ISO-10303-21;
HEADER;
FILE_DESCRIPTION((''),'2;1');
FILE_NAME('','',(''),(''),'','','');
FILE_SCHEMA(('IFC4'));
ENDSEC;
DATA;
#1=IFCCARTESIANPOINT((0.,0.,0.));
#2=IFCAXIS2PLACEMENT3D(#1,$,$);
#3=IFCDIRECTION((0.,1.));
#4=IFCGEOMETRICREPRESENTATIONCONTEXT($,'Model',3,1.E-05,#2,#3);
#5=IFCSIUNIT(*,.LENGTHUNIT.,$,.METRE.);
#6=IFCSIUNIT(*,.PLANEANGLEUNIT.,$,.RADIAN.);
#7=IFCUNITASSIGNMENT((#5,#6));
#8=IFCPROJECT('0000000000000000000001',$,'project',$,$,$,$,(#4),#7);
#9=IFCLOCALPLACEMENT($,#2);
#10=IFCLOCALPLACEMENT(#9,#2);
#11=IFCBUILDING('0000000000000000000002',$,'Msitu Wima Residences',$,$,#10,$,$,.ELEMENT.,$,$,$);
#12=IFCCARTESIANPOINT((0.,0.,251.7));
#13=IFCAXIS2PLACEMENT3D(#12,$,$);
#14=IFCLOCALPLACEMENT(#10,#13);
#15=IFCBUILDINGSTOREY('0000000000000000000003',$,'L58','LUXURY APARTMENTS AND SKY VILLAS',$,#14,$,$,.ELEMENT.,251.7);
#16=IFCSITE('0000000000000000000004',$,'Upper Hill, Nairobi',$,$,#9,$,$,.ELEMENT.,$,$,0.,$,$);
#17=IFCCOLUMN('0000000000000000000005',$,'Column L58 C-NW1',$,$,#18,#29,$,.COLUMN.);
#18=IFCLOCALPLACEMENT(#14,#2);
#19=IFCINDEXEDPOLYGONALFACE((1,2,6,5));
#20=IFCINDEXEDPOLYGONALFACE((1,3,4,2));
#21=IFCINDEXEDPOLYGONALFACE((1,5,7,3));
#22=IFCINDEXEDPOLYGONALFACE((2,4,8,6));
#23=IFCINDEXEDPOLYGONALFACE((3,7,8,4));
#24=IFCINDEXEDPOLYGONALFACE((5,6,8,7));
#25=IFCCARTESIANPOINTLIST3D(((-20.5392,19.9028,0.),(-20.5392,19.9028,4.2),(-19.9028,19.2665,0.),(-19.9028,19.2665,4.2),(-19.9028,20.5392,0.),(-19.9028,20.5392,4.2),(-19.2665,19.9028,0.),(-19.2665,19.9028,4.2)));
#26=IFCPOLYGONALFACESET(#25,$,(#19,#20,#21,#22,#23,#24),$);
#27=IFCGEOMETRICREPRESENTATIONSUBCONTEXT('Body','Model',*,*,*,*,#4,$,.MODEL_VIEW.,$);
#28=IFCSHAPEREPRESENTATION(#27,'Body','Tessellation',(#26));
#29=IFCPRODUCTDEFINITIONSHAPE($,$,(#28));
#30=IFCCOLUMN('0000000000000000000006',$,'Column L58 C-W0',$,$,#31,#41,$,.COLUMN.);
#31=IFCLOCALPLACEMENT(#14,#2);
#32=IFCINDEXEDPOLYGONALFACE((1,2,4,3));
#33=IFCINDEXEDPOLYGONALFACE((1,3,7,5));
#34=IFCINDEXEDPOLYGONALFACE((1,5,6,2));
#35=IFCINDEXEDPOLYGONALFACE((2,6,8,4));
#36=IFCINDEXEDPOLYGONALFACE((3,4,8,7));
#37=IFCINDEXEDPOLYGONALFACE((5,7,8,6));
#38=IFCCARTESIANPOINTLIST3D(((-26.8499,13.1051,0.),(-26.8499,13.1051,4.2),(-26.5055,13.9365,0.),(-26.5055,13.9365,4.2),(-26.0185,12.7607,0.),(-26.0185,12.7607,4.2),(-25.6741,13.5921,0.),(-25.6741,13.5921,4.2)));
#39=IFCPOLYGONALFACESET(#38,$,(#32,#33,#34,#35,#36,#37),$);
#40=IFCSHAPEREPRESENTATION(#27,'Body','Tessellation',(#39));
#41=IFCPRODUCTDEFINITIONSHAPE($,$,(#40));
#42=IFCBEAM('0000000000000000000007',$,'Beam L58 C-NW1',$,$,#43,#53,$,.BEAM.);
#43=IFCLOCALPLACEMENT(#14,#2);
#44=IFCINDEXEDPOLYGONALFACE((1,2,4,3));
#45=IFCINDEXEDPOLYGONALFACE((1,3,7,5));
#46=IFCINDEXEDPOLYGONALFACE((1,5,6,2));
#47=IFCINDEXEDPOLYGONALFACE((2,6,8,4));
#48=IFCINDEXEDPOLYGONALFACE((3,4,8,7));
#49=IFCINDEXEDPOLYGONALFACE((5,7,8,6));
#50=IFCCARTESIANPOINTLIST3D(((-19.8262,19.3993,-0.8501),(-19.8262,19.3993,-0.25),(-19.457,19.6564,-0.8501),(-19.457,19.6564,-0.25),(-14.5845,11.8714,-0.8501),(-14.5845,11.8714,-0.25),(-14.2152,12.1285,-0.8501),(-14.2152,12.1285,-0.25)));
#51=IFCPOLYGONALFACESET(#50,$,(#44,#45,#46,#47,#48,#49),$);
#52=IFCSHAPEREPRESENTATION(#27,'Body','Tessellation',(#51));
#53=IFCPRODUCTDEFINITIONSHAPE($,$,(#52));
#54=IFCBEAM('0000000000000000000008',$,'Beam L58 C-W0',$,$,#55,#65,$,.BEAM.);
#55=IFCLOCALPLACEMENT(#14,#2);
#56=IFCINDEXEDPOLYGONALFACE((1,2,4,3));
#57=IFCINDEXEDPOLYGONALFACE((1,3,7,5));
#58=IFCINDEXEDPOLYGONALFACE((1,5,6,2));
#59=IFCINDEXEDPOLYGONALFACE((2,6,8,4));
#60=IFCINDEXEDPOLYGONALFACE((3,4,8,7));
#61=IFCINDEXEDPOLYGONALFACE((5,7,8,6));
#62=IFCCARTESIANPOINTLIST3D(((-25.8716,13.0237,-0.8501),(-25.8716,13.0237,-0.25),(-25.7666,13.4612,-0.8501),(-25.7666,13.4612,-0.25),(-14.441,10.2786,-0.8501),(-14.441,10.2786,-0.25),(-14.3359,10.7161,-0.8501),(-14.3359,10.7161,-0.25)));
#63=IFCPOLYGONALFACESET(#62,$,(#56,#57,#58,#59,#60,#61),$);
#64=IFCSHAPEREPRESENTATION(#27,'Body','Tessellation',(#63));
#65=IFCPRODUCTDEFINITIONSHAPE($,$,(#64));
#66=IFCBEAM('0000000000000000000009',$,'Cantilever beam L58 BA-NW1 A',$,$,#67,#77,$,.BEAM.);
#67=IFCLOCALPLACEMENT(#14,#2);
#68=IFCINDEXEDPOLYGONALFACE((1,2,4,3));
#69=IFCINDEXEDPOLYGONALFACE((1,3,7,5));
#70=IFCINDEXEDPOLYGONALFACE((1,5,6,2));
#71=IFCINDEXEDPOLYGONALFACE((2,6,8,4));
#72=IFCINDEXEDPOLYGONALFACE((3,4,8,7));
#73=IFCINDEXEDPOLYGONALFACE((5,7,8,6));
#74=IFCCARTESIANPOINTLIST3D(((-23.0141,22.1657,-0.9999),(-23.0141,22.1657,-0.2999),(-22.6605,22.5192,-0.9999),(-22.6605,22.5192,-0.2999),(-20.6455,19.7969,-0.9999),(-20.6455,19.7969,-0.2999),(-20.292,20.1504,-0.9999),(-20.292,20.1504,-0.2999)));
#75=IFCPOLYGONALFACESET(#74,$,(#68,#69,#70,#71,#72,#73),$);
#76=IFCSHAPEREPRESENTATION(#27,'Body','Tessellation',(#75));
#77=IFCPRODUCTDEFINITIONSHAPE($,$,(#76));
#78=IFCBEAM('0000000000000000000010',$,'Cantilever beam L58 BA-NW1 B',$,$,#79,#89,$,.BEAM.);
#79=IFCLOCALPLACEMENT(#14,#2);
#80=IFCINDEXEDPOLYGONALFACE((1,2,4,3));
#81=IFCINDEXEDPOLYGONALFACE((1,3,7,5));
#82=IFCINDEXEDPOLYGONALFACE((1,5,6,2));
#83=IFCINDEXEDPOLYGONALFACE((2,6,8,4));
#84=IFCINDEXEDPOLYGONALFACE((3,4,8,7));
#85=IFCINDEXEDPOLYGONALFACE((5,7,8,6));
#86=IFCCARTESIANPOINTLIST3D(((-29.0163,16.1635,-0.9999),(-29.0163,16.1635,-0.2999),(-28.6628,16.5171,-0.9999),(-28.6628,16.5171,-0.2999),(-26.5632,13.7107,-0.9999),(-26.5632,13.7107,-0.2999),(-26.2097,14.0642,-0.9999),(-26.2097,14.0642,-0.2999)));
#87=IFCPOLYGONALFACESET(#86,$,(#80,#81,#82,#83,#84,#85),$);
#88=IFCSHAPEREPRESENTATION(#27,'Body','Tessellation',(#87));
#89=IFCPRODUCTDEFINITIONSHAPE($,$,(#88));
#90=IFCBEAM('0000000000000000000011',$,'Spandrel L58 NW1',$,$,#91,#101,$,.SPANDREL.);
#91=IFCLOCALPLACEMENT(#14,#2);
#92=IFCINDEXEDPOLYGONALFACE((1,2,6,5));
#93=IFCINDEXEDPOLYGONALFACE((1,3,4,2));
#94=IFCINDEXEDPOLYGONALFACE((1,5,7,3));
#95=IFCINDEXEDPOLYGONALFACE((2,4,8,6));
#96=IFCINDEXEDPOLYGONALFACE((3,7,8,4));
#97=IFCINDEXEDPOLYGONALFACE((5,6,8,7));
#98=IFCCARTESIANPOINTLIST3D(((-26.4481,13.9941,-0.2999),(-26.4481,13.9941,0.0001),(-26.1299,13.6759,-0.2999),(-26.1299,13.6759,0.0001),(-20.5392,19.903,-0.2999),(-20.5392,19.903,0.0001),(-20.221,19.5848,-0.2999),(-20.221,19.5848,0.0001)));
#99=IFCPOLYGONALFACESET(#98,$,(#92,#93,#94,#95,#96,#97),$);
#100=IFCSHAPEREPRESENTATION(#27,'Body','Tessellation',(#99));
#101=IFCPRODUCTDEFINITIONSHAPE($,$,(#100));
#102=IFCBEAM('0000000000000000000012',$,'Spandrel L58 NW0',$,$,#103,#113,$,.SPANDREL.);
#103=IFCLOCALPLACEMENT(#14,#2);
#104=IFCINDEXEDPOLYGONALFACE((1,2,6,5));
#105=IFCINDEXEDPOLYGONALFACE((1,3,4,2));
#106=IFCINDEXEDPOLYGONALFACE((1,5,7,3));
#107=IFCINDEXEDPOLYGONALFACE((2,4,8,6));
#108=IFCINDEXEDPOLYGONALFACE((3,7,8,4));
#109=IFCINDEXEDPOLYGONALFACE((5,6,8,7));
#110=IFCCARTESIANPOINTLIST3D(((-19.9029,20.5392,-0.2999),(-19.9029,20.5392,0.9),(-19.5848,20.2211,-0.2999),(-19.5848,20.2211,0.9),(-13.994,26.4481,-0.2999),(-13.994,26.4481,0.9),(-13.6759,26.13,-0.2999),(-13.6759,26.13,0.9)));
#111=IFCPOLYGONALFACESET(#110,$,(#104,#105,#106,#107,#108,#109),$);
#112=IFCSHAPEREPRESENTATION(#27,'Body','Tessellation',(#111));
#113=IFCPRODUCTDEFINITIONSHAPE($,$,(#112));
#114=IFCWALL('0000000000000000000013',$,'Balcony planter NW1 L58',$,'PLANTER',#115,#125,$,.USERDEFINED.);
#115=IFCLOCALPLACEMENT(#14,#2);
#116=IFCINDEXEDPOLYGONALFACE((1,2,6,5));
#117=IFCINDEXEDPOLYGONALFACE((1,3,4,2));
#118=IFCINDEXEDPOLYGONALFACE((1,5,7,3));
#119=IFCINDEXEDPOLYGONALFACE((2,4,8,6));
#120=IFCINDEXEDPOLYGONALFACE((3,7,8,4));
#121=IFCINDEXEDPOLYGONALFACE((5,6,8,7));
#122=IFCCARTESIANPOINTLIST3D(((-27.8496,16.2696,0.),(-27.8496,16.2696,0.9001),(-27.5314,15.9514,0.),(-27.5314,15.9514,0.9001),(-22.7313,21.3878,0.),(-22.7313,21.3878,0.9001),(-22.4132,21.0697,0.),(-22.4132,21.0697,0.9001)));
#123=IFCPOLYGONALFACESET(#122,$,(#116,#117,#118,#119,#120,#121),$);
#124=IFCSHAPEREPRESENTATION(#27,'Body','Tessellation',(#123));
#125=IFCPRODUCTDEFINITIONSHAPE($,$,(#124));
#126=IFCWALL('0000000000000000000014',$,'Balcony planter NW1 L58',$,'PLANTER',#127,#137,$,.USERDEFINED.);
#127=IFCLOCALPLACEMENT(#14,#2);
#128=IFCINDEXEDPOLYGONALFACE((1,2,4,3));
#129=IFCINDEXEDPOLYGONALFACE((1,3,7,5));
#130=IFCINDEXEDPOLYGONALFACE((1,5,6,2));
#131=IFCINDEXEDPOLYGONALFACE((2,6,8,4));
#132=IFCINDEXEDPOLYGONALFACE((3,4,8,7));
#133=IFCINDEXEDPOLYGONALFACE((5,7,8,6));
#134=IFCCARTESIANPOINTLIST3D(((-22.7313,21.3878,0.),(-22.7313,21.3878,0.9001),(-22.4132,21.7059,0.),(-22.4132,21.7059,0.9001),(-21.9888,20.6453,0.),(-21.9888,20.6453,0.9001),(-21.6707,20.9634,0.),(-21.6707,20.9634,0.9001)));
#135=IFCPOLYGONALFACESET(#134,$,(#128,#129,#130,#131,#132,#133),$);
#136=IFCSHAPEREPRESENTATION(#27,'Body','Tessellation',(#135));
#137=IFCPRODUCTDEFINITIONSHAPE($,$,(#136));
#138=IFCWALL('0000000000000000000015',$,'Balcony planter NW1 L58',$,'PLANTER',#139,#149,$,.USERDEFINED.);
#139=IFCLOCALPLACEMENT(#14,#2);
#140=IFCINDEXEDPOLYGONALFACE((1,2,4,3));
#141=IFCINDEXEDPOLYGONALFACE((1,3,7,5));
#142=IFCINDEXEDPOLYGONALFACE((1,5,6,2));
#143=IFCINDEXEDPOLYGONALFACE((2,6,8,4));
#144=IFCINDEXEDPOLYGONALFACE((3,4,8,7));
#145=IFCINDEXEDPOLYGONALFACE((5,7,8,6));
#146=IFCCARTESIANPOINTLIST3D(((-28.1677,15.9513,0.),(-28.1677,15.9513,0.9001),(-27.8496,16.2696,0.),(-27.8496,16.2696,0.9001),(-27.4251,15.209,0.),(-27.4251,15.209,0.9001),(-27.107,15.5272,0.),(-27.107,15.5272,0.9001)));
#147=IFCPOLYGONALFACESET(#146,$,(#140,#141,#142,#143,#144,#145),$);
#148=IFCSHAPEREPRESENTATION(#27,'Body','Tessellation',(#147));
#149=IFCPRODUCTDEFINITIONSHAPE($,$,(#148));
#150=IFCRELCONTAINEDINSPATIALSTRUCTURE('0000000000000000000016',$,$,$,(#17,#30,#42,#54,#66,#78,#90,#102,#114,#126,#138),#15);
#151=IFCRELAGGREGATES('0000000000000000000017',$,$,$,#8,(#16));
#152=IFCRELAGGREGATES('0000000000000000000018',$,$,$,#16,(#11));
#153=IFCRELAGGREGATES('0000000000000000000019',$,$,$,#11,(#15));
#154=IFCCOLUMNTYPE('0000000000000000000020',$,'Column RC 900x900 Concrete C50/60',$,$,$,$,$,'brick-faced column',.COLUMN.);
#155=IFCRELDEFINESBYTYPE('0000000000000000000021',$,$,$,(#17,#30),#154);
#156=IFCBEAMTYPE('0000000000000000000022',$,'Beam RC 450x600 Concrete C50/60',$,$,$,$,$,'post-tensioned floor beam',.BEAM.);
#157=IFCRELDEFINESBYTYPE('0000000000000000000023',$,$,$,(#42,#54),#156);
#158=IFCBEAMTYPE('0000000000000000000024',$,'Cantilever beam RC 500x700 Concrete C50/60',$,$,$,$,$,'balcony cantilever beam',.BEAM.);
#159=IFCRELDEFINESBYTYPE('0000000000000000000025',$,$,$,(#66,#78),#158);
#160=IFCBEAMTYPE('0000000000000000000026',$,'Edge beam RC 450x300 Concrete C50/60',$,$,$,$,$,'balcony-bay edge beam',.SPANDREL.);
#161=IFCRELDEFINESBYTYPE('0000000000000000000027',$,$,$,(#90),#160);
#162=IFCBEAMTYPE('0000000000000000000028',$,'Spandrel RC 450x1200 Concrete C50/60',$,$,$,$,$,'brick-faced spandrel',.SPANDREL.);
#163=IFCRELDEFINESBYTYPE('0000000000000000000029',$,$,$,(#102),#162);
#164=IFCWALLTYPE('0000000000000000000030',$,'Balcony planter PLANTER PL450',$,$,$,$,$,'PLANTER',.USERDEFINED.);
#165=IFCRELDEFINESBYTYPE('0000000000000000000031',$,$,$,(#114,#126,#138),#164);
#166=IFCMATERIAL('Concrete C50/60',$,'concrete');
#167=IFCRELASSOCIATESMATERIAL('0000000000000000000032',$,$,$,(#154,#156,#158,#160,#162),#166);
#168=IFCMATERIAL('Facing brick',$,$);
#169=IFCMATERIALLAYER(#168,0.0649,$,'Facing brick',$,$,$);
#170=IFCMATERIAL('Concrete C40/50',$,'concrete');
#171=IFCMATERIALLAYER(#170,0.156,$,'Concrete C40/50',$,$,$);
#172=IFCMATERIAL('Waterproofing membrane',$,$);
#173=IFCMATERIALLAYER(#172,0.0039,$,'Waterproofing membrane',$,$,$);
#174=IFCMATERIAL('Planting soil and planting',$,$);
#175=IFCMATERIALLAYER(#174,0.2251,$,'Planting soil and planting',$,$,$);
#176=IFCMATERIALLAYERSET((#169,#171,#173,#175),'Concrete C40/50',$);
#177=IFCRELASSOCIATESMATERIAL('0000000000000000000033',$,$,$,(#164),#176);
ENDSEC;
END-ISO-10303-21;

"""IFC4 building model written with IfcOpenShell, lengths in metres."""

from ifc_helpers import new_model, si_unit, direction, frame, frame_2d, origin, origin_2d, place, context, subcontext, project, spatial, rectangle, extrude, material, layer, layer_set, material_profile, profile_set, type_object, element, save


model = new_model("IFC4")

# Units and contexts
model_context = context("Model", 3, precision=1e-05, world=origin(), true_north=direction((0.0, 1.0)))
body_context = subcontext(model_context, "Body", "Model", "MODEL_VIEW")
ifc_project = project(units=[si_unit("LENGTHUNIT", "METRE"), si_unit("PLANEANGLEUNIT", "RADIAN")], contexts=[model_context])

# Site, building, storey
site_placement = place(None, origin())
site = spatial("IfcSite", under=ifc_project, at=site_placement, Name="Upper Hill, Nairobi", CompositionType="ELEMENT", RefElevation=0.0)
building_placement = place(site_placement, origin())
building = spatial("IfcBuilding", under=site, at=building_placement, Name="Msitu Wima Residences", CompositionType="ELEMENT")
storey_placement = place(building_placement, frame((0.0, 0.0, 251.7)))
storey = spatial("IfcBuildingStorey", under=building, at=storey_placement, Name="L58", Description="LUXURY APARTMENTS AND SKY VILLAS", CompositionType="ELEMENT", Elevation=251.7)

# Columns
ifc_material_1 = material(Name="Concrete C50/60", Category="concrete")
ifc_material_profile_1 = material_profile(ifc_material_1, rectangle(XDim=0.8999, YDim=0.8999, at=origin_2d()), Name="RC 900x900")
ifc_profile_set_1 = profile_set([ifc_material_profile_1], Name="Concrete C50/60")
column_type = type_object("IfcColumnType", Name="Column RC 900x900 Concrete C50/60", ElementType="brick-faced column", PredefinedType="COLUMN", material=ifc_profile_set_1)
for number, where, z_axis, x_axis, name in (
    (1, (-19.9028, 19.9028, 0.0), (0.0, 0.0, 1.0), (-0.707107, -0.707107, 0.0), "Column L58 C-NW1"),
    (2, (-26.262, 13.3486, 0.0), (0.0, 0.0, 1.0), (-0.382683, -0.92388, 0.0), "Column L58 C-W0"),
):
    element("IfcColumn", number, at=place(storey_placement, frame(where, z_axis=z_axis, x_axis=x_axis)), inside=storey, type_object=column_type, Name=name, PredefinedType="COLUMN", context=body_context, shape_type="SweptSolid", body=[
        extrude(rectangle(XDim=0.8999, YDim=0.8999, at=origin_2d()), origin(), (0.0, 0.0, 1.0), 4.2),
    ])

# Beams
ifc_material_profile_2 = material_profile(ifc_material_1, rectangle(XDim=0.45, YDim=0.6001, at=origin_2d()), Name="RC 450x600")
ifc_profile_set_2 = profile_set([ifc_material_profile_2], Name="Concrete C50/60")
beam_type_1 = type_object("IfcBeamType", Name="Beam RC 450x600 Concrete C50/60", ElementType="post-tensioned floor beam", PredefinedType="BEAM", material=ifc_profile_set_2)
beam_1_placement = place(storey_placement, frame((-19.6416, 19.5278, -0.55), z_axis=(0.571428, -0.820652, 0.0), x_axis=(0.820652, 0.571428, 0.0)))
element("IfcBeam", 3, at=beam_1_placement, inside=storey, type_object=beam_type_1, Name="Beam L58 C-NW1", PredefinedType="BEAM", context=body_context, shape_type="SweptSolid", body=[
    extrude(rectangle(XDim=0.45, YDim=0.6001, at=origin_2d()), origin(), (0.0, 0.0, 1.0), 9.1731),
])
beam_2_placement = place(storey_placement, frame((-25.8191, 13.2424, -0.55), z_axis=(0.972353, -0.233514, 0.0), x_axis=(0.233514, 0.972353, 0.0)))
element("IfcBeam", 4, at=beam_2_placement, inside=storey, type_object=beam_type_1, Name="Beam L58 C-W0", PredefinedType="BEAM", context=body_context, shape_type="SweptSolid", body=[
    extrude(rectangle(XDim=0.45, YDim=0.6001, at=origin_2d()), origin(), (0.0, 0.0, 1.0), 11.7556),
])
ifc_material_profile_3 = material_profile(ifc_material_1, rectangle(XDim=0.5, YDim=0.7, at=origin_2d()), Name="RC 500x700")
ifc_profile_set_3 = profile_set([ifc_material_profile_3], Name="Concrete C50/60")
beam_type_2 = type_object("IfcBeamType", Name="Cantilever beam RC 500x700 Concrete C50/60", ElementType="balcony cantilever beam", PredefinedType="BEAM", material=ifc_profile_set_3)
beam_3_placement = place(storey_placement, frame((-20.4688, 19.9736, -0.6499), z_axis=(-0.70707, 0.707143, 0.0), x_axis=(-0.707143, -0.70707, 0.0)))
element("IfcBeam", 5, at=beam_3_placement, inside=storey, type_object=beam_type_2, Name="Cantilever beam L58 BA-NW1 A", PredefinedType="BEAM", context=body_context, shape_type="SweptSolid", body=[
    extrude(rectangle(XDim=0.5, YDim=0.7, at=origin_2d()), origin(), (0.0, 0.0, 1.0), 3.3499),
])
beam_4_placement = place(storey_placement, frame((-26.3865, 13.8875, -0.6499), z_axis=(-0.707142, 0.707072, 0.0), x_axis=(-0.707072, -0.707142, 0.0)))
element("IfcBeam", 6, at=beam_4_placement, inside=storey, type_object=beam_type_2, Name="Cantilever beam L58 BA-NW1 B", PredefinedType="BEAM", context=body_context, shape_type="SweptSolid", body=[
    extrude(rectangle(XDim=0.5, YDim=0.7, at=origin_2d()), origin(), (0.0, 0.0, 1.0), 3.469),
])
ifc_material_profile_4 = material_profile(ifc_material_1, rectangle(XDim=0.45, YDim=0.3, at=origin_2d()), Name="RC 450x300")
ifc_profile_set_4 = profile_set([ifc_material_profile_4], Name="Concrete C50/60")
beam_type_3 = type_object("IfcBeamType", Name="Edge beam RC 450x300 Concrete C50/60", ElementType="balcony-bay edge beam", PredefinedType="SPANDREL", material=ifc_profile_set_4)
beam_5_placement = place(storey_placement, frame((-20.3801, 19.7439, -0.1499), z_axis=(-0.707107, -0.707107, 0.0), x_axis=(0.707107, -0.707107, 0.0)))
element("IfcBeam", 7, at=beam_5_placement, inside=storey, type_object=beam_type_3, Name="Spandrel L58 NW1", PredefinedType="SPANDREL", context=body_context, shape_type="SweptSolid", body=[
    extrude(rectangle(XDim=0.45, YDim=0.3, at=origin_2d()), origin(), (0.0, 0.0, 1.0), 8.3564),
])
ifc_material_profile_5 = material_profile(ifc_material_1, rectangle(XDim=0.45, YDim=1.2, at=origin_2d()), Name="RC 450x1200")
ifc_profile_set_5 = profile_set([ifc_material_profile_5], Name="Concrete C50/60")
beam_type_4 = type_object("IfcBeamType", Name="Spandrel RC 450x1200 Concrete C50/60", ElementType="brick-faced spandrel", PredefinedType="SPANDREL", material=ifc_profile_set_5)
beam_6_placement = place(storey_placement, frame((-13.835, 26.2891, 0.3), z_axis=(-0.707107, -0.707107, 0.0), x_axis=(0.707107, -0.707107, 0.0)))
element("IfcBeam", 8, at=beam_6_placement, inside=storey, type_object=beam_type_4, Name="Spandrel L58 NW0", PredefinedType="SPANDREL", context=body_context, shape_type="SweptSolid", body=[
    extrude(rectangle(XDim=0.45, YDim=1.2, at=origin_2d()), origin(), (0.0, 0.0, 1.0), 8.3564),
])

# Walls
ifc_material_2 = material(Name="Facing brick")
ifc_layer_1 = layer(ifc_material_2, 0.0649, Name="Facing brick")
ifc_material_3 = material(Name="Concrete C40/50", Category="concrete")
ifc_layer_2 = layer(ifc_material_3, 0.156, Name="Concrete C40/50")
ifc_material_4 = material(Name="Waterproofing membrane")
ifc_layer_3 = layer(ifc_material_4, 0.0039, Name="Waterproofing membrane")
ifc_material_5 = material(Name="Planting soil and planting")
ifc_layer_4 = layer(ifc_material_5, 0.2251, Name="Planting soil and planting")
ifc_layer_set_1 = layer_set([ifc_layer_1, ifc_layer_2, ifc_layer_3, ifc_layer_4], Name="Concrete C40/50")
wall_type_1 = type_object("IfcWallType", Name="Balcony planter PLANTER PL450", ElementType="PLANTER", PredefinedType="USERDEFINED", material=ifc_layer_set_1)
wall_1_placement = place(storey_placement, frame((-22.5723, 21.2288, 0.0), z_axis=(0.0, 0.0, 1.0), x_axis=(-0.707107, -0.707107, 0.0)))
element("IfcWall", 9, at=wall_1_placement, inside=storey, type_object=wall_type_1, Name="Balcony planter NW1 L58", ObjectType="PLANTER", PredefinedType="USERDEFINED", context=body_context, shape_type="SweptSolid", body=[
    extrude(rectangle(XDim=7.2383, YDim=0.45, at=frame_2d((3.6191, 0.0))), origin(), (0.0, 0.0, 1.0), 0.9001),
])
for number, where, z_axis, x_axis, name in (
    (10, (-21.8298, 20.8044, 0.0), (0.0, 0.0, 1.0), (-0.707107, 0.707107, 0.0), "Balcony planter NW1 L58"),
    (11, (-27.2661, 15.3682, 0.0), (0.0, 0.0, 1.0), (-0.707223, 0.706991, 0.0), "Balcony planter NW1 L58"),
):
    element("IfcWall", number, at=place(storey_placement, frame(where, z_axis=z_axis, x_axis=x_axis)), inside=storey, type_object=wall_type_1, Name=name, ObjectType="PLANTER", PredefinedType="USERDEFINED", context=body_context, shape_type="SweptSolid", body=[
        extrude(rectangle(XDim=1.05, YDim=0.45, at=frame_2d((0.5249, 0.0))), origin(), (0.0, 0.0, 1.0), 0.9001),
    ])

save(model, "model.ifc")
